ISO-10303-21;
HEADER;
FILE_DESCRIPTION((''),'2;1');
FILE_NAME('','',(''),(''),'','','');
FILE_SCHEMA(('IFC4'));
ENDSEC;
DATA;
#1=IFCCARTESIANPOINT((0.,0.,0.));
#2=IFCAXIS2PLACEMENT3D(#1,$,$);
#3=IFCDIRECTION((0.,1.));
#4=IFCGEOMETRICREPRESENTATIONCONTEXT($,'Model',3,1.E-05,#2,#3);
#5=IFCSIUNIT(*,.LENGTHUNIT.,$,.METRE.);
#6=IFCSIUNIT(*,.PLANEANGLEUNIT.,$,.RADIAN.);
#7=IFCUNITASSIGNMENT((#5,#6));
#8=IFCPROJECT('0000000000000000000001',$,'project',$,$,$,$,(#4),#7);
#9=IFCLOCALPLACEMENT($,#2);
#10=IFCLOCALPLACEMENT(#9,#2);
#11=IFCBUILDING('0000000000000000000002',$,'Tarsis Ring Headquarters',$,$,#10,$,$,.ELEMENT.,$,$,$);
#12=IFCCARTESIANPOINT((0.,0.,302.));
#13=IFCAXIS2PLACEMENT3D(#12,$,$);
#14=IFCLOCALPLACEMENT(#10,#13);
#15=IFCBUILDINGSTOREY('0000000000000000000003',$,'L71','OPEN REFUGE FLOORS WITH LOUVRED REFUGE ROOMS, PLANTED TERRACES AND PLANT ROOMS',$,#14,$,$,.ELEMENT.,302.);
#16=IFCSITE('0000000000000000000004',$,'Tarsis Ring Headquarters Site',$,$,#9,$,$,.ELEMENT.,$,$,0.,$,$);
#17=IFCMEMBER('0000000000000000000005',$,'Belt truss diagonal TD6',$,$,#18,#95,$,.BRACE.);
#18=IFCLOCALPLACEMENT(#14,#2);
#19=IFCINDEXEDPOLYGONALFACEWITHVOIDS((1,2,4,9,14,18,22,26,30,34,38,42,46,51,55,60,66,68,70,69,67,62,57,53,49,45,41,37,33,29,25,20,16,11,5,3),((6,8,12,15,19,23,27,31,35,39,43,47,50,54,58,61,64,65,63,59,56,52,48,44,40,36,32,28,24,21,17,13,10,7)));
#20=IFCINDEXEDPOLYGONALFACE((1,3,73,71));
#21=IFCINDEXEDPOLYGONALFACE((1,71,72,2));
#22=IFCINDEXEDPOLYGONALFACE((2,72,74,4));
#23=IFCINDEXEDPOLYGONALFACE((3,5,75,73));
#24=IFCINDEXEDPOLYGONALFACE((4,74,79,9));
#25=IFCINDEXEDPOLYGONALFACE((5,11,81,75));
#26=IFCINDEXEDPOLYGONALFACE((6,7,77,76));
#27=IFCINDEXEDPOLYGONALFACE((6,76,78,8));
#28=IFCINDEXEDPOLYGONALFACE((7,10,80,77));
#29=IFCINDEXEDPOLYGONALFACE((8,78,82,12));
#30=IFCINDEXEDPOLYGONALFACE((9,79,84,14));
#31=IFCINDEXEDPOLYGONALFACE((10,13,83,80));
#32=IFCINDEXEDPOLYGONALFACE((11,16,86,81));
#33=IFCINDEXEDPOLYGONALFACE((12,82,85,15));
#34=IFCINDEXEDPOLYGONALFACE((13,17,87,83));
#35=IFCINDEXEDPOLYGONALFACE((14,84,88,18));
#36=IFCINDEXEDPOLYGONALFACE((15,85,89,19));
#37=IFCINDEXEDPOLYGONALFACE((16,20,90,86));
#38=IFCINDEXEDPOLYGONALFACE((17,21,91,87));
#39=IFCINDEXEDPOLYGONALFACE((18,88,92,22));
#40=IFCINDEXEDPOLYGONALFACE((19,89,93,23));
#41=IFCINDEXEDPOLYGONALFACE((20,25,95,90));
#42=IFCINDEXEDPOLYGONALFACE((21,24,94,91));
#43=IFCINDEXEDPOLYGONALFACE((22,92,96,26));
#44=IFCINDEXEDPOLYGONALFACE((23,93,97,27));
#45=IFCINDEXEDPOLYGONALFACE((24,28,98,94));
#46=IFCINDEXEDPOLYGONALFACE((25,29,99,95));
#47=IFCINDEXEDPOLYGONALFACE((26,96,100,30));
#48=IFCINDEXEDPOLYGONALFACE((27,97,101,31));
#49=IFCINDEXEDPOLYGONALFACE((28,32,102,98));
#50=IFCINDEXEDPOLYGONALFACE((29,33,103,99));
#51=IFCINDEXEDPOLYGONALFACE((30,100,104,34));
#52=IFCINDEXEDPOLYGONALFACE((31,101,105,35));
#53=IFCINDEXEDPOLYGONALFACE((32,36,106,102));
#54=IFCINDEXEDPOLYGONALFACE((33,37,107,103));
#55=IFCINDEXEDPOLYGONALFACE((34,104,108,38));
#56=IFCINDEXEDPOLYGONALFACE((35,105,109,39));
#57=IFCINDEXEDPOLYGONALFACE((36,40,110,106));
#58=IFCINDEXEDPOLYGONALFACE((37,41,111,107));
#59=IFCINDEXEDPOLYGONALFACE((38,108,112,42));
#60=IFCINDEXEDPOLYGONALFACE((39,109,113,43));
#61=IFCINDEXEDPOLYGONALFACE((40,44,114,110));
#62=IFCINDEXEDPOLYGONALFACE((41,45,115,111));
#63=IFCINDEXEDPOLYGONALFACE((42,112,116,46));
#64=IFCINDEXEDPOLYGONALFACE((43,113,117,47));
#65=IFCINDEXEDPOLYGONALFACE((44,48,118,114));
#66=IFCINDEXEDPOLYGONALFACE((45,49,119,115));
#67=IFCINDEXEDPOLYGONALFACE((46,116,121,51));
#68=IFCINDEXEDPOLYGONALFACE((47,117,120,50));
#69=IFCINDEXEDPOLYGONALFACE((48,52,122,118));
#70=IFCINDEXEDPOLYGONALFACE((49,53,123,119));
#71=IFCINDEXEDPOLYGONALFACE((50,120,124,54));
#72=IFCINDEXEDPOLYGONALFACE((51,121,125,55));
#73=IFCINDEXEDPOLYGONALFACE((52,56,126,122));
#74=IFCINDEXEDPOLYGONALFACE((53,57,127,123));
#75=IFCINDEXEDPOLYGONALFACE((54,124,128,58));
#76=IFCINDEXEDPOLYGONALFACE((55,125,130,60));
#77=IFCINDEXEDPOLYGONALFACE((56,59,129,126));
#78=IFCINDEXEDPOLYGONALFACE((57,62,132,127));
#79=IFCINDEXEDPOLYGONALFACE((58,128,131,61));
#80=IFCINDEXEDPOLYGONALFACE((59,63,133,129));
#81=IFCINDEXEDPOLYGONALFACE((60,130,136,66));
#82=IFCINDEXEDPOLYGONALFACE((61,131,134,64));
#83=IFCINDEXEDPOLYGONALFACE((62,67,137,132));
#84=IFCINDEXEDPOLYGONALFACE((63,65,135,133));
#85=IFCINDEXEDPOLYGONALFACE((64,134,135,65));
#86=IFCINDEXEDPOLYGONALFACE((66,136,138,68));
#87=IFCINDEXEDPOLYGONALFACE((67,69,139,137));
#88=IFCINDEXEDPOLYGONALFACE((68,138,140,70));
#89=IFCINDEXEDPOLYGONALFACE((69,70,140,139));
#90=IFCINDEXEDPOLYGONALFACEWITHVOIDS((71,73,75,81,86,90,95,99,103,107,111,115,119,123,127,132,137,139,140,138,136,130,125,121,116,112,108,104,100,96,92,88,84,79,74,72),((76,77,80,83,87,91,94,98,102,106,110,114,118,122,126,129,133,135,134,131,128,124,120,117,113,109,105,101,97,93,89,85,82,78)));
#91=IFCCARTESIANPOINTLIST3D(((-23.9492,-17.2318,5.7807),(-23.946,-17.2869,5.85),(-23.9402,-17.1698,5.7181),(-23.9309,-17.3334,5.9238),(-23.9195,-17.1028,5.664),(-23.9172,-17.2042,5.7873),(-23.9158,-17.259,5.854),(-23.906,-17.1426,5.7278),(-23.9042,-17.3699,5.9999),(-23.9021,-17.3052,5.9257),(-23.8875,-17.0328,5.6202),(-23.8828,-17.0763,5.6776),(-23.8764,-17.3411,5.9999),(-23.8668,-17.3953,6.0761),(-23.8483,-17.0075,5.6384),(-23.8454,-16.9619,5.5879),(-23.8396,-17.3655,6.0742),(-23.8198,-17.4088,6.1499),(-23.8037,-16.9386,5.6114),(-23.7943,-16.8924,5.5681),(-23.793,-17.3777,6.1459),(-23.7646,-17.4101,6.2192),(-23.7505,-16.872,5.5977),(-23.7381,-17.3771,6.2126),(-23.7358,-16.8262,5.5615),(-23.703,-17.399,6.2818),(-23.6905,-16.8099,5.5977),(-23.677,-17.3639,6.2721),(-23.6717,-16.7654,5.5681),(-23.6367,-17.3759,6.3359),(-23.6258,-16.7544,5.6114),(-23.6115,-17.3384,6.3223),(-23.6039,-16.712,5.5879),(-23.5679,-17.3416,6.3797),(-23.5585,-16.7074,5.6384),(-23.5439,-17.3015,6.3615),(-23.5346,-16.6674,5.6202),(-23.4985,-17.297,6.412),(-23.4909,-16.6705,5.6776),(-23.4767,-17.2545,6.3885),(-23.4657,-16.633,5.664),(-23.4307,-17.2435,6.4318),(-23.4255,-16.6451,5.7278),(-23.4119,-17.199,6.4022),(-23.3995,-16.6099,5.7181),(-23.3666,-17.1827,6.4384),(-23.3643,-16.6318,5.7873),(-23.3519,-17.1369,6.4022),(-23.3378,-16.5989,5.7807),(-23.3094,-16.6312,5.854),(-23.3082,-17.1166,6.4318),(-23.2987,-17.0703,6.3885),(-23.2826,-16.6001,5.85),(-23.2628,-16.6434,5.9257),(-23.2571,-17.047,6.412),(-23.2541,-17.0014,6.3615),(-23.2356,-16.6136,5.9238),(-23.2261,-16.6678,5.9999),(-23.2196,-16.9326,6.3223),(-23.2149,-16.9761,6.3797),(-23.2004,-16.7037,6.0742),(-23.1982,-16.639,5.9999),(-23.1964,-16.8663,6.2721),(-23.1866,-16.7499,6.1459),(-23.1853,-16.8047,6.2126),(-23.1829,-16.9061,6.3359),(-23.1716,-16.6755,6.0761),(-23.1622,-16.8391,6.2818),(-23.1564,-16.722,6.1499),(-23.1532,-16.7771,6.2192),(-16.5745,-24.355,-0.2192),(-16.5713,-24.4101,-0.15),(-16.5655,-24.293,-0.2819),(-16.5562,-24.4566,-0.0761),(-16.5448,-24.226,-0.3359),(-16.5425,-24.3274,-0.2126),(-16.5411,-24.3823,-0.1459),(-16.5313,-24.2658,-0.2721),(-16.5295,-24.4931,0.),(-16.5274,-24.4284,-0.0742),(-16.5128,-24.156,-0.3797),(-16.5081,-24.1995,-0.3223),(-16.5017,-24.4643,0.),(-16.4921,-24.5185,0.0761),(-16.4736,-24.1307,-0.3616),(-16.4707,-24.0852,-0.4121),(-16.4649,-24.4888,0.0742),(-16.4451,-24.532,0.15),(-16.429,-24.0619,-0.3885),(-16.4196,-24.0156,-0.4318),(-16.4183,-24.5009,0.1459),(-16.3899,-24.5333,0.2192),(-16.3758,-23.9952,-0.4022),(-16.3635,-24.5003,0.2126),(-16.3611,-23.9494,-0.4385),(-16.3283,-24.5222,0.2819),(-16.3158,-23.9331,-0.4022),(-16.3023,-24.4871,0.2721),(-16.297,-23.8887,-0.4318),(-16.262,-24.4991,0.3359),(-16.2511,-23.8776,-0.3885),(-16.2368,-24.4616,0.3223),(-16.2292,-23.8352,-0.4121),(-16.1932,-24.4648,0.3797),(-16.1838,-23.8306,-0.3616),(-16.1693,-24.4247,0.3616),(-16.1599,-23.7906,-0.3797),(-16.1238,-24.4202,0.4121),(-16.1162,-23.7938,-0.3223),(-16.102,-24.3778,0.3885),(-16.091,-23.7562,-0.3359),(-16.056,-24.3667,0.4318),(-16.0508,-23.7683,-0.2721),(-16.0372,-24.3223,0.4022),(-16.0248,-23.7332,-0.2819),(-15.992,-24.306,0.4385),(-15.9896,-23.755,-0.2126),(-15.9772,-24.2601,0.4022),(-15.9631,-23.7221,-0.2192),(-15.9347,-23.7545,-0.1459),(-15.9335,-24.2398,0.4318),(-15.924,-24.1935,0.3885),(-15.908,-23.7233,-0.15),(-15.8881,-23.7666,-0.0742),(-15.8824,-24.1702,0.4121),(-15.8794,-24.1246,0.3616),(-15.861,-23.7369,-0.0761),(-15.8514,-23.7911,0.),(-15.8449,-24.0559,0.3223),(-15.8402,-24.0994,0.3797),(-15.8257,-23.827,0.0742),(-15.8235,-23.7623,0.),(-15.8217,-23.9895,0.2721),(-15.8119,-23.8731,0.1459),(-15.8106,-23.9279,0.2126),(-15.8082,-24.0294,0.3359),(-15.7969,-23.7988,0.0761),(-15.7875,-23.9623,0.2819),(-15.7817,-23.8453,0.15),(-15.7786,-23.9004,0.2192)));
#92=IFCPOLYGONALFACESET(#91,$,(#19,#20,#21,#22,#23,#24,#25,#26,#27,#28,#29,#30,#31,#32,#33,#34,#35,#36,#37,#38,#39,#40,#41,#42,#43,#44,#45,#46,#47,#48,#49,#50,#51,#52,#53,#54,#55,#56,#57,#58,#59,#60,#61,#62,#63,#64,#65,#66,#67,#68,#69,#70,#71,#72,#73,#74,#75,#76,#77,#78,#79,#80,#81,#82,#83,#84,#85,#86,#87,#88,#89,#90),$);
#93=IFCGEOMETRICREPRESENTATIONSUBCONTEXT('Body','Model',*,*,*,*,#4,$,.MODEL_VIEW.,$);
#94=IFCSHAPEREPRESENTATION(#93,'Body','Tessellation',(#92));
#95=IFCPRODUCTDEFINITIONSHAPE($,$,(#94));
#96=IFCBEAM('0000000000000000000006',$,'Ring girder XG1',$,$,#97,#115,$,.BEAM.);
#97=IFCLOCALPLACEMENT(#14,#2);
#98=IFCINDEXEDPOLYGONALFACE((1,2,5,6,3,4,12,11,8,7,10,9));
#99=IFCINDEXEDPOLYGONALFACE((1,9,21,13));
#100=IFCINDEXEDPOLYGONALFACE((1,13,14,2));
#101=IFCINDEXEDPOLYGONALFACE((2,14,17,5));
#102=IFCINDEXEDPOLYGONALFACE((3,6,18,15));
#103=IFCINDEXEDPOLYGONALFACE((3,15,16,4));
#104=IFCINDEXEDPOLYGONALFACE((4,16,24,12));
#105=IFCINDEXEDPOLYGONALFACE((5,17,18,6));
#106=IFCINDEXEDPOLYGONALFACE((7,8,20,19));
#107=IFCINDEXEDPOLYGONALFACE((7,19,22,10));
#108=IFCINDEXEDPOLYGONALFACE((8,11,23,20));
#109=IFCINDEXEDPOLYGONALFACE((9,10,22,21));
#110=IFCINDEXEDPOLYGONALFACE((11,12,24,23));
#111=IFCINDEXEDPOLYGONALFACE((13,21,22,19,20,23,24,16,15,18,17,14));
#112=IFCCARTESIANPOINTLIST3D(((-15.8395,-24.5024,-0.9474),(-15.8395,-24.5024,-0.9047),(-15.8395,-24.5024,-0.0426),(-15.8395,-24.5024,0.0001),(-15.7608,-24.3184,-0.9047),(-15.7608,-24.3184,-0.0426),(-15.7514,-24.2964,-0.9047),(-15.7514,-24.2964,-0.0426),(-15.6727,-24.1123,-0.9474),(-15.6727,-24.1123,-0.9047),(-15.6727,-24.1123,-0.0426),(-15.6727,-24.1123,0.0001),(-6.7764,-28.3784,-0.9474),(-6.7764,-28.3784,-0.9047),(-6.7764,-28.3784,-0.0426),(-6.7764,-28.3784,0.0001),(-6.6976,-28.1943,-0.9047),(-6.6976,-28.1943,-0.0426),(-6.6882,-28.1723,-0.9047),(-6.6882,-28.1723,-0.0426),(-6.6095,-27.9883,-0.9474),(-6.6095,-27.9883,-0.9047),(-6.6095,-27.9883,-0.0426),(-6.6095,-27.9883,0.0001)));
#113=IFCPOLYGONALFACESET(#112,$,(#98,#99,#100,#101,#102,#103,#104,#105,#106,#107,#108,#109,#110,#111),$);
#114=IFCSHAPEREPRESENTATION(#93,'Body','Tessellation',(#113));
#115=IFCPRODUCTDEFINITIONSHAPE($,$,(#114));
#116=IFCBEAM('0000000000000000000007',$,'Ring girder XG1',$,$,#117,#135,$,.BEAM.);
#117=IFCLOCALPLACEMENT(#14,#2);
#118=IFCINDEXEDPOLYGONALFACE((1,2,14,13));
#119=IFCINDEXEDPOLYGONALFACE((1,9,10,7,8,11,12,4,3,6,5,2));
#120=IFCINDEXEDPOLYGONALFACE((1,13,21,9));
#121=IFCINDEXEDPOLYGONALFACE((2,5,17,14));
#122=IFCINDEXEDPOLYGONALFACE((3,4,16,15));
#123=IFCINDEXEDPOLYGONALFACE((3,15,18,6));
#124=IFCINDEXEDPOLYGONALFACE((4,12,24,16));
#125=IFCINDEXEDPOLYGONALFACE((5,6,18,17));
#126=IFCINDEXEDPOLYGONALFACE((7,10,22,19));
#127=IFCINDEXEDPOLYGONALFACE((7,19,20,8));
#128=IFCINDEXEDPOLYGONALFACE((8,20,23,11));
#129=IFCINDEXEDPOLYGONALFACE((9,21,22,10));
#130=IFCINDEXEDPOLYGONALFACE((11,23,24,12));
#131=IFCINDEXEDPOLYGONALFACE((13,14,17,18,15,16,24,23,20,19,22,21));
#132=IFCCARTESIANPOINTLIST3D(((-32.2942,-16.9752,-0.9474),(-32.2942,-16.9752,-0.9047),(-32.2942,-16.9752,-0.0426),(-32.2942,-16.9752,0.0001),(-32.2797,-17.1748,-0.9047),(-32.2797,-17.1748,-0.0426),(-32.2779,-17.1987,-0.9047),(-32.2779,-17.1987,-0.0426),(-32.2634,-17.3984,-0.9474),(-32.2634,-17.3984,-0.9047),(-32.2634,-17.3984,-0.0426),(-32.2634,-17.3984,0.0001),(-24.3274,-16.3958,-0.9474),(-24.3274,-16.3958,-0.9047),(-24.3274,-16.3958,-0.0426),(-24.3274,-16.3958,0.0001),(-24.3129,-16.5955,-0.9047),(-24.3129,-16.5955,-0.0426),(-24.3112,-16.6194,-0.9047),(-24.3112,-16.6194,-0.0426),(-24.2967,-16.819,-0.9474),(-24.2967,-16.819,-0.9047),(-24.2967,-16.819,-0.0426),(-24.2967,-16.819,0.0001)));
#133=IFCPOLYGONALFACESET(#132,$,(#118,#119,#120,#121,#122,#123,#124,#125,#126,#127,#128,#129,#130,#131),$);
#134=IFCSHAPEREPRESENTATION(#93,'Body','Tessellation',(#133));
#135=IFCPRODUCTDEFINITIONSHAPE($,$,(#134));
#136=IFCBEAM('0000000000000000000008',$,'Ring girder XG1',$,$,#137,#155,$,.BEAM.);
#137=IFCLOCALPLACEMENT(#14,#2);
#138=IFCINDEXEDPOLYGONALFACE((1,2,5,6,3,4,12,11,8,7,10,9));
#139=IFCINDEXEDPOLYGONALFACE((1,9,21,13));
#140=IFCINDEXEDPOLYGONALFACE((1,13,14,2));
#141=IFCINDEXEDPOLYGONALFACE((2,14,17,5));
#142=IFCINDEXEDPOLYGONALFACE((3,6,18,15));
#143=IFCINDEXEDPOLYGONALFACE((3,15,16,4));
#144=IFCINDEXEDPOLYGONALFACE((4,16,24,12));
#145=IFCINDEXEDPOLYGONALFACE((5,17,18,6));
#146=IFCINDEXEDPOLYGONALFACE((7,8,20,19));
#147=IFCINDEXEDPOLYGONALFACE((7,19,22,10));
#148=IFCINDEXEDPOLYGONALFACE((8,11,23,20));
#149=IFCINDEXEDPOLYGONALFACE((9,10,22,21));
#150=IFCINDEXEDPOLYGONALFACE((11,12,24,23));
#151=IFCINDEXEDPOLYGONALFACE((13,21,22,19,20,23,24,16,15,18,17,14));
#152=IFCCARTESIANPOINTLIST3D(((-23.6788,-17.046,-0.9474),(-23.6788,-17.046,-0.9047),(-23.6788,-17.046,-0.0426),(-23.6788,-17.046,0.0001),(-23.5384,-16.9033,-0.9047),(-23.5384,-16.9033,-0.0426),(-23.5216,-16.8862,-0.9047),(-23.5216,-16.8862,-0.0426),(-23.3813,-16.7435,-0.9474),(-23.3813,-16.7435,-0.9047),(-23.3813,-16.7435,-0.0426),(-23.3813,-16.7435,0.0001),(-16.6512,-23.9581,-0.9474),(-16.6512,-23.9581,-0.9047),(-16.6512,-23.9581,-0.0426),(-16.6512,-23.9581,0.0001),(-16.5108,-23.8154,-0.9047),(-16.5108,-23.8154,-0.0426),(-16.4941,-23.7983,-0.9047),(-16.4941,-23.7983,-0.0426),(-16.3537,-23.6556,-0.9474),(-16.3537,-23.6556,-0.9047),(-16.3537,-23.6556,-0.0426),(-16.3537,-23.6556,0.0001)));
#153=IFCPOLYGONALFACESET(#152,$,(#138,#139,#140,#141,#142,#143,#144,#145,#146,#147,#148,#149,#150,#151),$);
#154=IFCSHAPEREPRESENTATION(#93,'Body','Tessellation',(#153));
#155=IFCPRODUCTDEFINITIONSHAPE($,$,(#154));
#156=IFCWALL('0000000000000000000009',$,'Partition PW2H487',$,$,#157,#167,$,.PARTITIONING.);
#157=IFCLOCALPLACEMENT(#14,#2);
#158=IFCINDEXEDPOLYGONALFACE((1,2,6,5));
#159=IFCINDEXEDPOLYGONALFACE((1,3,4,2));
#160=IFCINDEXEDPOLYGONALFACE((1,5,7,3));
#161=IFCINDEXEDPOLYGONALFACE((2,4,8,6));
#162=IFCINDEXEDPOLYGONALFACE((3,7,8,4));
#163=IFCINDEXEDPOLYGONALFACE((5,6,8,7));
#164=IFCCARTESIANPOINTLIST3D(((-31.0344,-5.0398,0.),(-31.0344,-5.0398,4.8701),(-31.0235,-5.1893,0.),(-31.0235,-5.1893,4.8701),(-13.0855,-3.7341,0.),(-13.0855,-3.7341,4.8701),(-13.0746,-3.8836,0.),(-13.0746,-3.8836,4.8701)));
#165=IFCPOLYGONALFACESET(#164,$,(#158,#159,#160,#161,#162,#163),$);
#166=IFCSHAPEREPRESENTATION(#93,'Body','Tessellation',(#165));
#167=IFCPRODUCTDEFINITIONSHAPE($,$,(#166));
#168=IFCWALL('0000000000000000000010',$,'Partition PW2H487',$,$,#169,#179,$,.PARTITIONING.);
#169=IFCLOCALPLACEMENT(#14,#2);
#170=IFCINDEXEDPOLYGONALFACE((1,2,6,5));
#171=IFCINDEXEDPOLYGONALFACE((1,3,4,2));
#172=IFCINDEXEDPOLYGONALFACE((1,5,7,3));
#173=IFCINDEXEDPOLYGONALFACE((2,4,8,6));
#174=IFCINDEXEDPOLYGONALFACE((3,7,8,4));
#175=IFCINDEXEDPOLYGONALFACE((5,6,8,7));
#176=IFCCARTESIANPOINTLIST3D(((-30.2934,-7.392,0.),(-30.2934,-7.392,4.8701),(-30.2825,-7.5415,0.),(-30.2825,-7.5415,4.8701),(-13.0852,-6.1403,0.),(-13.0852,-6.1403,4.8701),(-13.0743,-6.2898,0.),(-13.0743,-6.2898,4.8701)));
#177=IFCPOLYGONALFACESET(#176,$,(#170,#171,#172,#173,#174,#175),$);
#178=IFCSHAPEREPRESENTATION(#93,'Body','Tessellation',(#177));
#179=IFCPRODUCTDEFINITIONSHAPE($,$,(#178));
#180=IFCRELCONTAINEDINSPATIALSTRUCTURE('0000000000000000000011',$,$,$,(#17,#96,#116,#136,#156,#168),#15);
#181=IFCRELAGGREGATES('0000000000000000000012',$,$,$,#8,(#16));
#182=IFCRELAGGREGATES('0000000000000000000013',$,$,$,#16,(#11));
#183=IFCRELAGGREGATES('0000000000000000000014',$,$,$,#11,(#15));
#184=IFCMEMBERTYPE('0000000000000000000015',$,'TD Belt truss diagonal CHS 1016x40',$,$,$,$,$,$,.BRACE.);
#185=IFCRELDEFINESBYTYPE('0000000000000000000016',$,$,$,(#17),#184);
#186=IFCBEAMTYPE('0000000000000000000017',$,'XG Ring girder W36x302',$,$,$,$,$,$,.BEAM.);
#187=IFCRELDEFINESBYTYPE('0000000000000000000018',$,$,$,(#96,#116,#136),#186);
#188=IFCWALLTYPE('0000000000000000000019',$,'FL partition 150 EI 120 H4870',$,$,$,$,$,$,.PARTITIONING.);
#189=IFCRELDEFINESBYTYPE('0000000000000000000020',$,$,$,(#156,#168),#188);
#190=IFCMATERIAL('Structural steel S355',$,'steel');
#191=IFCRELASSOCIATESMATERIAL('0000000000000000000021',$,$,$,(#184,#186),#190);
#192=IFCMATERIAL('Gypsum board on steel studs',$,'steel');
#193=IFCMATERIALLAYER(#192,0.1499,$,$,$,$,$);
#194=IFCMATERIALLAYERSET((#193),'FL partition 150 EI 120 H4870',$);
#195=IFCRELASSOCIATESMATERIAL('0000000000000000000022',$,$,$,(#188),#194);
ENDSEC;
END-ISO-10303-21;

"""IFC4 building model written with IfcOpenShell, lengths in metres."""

from ifc_helpers import new_model, si_unit, direction, frame, frame_2d, origin, origin_2d, place, context, subcontext, project, spatial, rectangle, hollow_circle, i_section, extrude, material, layer, layer_set, material_profile, profile_set, type_object, element, save


model = new_model("IFC4")

# Units and contexts
model_context = context("Model", 3, precision=1e-05, world=origin(), true_north=direction((0.0, 1.0)))
body_context = subcontext(model_context, "Body", "Model", "MODEL_VIEW")
ifc_project = project(units=[si_unit("LENGTHUNIT", "METRE"), si_unit("PLANEANGLEUNIT", "RADIAN")], contexts=[model_context])

# Site, building, storey
site_placement = place(None, origin())
site = spatial("IfcSite", under=ifc_project, at=site_placement, Name="Tarsis Ring Headquarters Site", CompositionType="ELEMENT", RefElevation=0.0)
building_placement = place(site_placement, origin())
building = spatial("IfcBuilding", under=site, at=building_placement, Name="Tarsis Ring Headquarters", CompositionType="ELEMENT")
storey_placement = place(building_placement, frame((0.0, 0.0, 302.0)))
storey = spatial("IfcBuildingStorey", under=building, at=storey_placement, Name="L71", Description="OPEN REFUGE FLOORS WITH LOUVRED REFUGE ROOMS, PLANTED TERRACES AND PLANT ROOMS", CompositionType="ELEMENT", Elevation=302.0)

# Shared definitions
ifc_material_1 = material(Name="Structural steel S355", Category="steel")
ifc_material_profile_1 = material_profile(ifc_material_1, hollow_circle(Radius=0.5081, WallThickness=0.04, at=origin_2d()), Name="CHS 1016x40")
ifc_profile_set_1 = profile_set([ifc_material_profile_1], Name="Structural steel S355")

# Member
member_type_1 = type_object("IfcMemberType", Name="TD Belt truss diagonal CHS 1016x40", PredefinedType="BRACE", material=ifc_profile_set_1)
member_1_placement = place(storey_placement, frame((-16.1765, -24.1277, 0.0), z_axis=(-0.620784, 0.599617, 0.505061), x_axis=(-0.694738, -0.719263, 0.0)))
element("IfcMember", 1, at=member_1_placement, inside=storey, type_object=member_type_1, Name="Belt truss diagonal TD6", PredefinedType="BRACE", context=body_context, shape_type="SweptSolid", body=[
    extrude(hollow_circle(Radius=0.5081, WallThickness=0.04, at=origin_2d()), origin(), (0.0, 0.0, 1.0), 11.8796),
])

# Beams
ifc_material_profile_2 = material_profile(ifc_material_1, i_section(OverallWidth=0.4243, OverallDepth=0.9475, WebThickness=0.0239, FlangeThickness=0.0427, at=origin_2d()), Name="W36x302")
ifc_profile_set_2 = profile_set([ifc_material_profile_2], Name="Structural steel S355")
beam_type = type_object("IfcBeamType", Name="XG Ring girder W36x302", PredefinedType="BEAM", material=ifc_profile_set_2)
beam_1_placement = place(storey_placement, frame((-15.7561, -24.3074, -0.4736), z_axis=(0.919448, -0.393211, 0.0), x_axis=(0.393211, 0.919448, 0.0)))
element("IfcBeam", 2, at=beam_1_placement, inside=storey, type_object=beam_type, Name="Ring girder XG1", PredefinedType="BEAM", context=body_context, shape_type="SweptSolid", body=[
    extrude(i_section(OverallWidth=0.4243, OverallDepth=0.9475, WebThickness=0.0239, FlangeThickness=0.0427, at=origin_2d()), origin(), (0.0, 0.0, 1.0), 9.8572),
])
beam_2_placement = place(storey_placement, frame((-32.2788, -17.1868, -0.4736), z_axis=(0.997366, 0.072529, 0.0), x_axis=(-0.072529, 0.997366, 0.0)))
element("IfcBeam", 3, at=beam_2_placement, inside=storey, type_object=beam_type, Name="Ring girder XG1", PredefinedType="BEAM", context=body_context, shape_type="SweptSolid", body=[
    extrude(i_section(OverallWidth=0.4243, OverallDepth=0.9475, WebThickness=0.0239, FlangeThickness=0.0427, at=origin_2d()), origin(), (0.0, 0.0, 1.0), 7.9878),
])
beam_3_placement = place(storey_placement, frame((-23.53, -16.8948, -0.4736), z_axis=(0.71294, -0.701225, 0.0), x_axis=(0.701225, 0.71294, 0.0)))
element("IfcBeam", 4, at=beam_3_placement, inside=storey, type_object=beam_type, Name="Ring girder XG1", PredefinedType="BEAM", context=body_context, shape_type="SweptSolid", body=[
    extrude(i_section(OverallWidth=0.4243, OverallDepth=0.9475, WebThickness=0.0239, FlangeThickness=0.0427, at=origin_2d()), origin(), (0.0, 0.0, 1.0), 9.8572),
])

# Walls
ifc_material_2 = material(Name="Gypsum board on steel studs", Category="steel")
ifc_layer = layer(ifc_material_2, 0.1499)
ifc_layer_set = layer_set([ifc_layer], Name="FL partition 150 EI 120 H4870")
wall_type = type_object("IfcWallType", Name="FL partition 150 EI 120 H4870", PredefinedType="PARTITIONING", material=ifc_layer_set)
wall_1_placement = place(storey_placement, frame((-31.0288, -5.1145, 0.0), z_axis=(0.0, 0.0, 1.0), x_axis=(0.997365, 0.072551, 0.0)))
element("IfcWall", 5, at=wall_1_placement, inside=storey, type_object=wall_type, Name="Partition PW2H487", PredefinedType="PARTITIONING", context=body_context, shape_type="SweptSolid", body=[
    extrude(rectangle(XDim=17.9963, YDim=0.1499, at=frame_2d((8.998, 0.0))), origin(), (0.0, 0.0, 1.0), 4.8701),
])
wall_2_placement = place(storey_placement, frame((-30.2881, -7.4668, 0.0), z_axis=(0.0, 0.0, 1.0), x_axis=(0.997365, 0.072547, 0.0)))
element("IfcWall", 6, at=wall_2_placement, inside=storey, type_object=wall_type, Name="Partition PW2H487", PredefinedType="PARTITIONING", context=body_context, shape_type="SweptSolid", body=[
    extrude(rectangle(XDim=17.2537, YDim=0.1499, at=frame_2d((8.627, 0.0))), origin(), (0.0, 0.0, 1.0), 4.8701),
])

save(model, "model.ifc")
